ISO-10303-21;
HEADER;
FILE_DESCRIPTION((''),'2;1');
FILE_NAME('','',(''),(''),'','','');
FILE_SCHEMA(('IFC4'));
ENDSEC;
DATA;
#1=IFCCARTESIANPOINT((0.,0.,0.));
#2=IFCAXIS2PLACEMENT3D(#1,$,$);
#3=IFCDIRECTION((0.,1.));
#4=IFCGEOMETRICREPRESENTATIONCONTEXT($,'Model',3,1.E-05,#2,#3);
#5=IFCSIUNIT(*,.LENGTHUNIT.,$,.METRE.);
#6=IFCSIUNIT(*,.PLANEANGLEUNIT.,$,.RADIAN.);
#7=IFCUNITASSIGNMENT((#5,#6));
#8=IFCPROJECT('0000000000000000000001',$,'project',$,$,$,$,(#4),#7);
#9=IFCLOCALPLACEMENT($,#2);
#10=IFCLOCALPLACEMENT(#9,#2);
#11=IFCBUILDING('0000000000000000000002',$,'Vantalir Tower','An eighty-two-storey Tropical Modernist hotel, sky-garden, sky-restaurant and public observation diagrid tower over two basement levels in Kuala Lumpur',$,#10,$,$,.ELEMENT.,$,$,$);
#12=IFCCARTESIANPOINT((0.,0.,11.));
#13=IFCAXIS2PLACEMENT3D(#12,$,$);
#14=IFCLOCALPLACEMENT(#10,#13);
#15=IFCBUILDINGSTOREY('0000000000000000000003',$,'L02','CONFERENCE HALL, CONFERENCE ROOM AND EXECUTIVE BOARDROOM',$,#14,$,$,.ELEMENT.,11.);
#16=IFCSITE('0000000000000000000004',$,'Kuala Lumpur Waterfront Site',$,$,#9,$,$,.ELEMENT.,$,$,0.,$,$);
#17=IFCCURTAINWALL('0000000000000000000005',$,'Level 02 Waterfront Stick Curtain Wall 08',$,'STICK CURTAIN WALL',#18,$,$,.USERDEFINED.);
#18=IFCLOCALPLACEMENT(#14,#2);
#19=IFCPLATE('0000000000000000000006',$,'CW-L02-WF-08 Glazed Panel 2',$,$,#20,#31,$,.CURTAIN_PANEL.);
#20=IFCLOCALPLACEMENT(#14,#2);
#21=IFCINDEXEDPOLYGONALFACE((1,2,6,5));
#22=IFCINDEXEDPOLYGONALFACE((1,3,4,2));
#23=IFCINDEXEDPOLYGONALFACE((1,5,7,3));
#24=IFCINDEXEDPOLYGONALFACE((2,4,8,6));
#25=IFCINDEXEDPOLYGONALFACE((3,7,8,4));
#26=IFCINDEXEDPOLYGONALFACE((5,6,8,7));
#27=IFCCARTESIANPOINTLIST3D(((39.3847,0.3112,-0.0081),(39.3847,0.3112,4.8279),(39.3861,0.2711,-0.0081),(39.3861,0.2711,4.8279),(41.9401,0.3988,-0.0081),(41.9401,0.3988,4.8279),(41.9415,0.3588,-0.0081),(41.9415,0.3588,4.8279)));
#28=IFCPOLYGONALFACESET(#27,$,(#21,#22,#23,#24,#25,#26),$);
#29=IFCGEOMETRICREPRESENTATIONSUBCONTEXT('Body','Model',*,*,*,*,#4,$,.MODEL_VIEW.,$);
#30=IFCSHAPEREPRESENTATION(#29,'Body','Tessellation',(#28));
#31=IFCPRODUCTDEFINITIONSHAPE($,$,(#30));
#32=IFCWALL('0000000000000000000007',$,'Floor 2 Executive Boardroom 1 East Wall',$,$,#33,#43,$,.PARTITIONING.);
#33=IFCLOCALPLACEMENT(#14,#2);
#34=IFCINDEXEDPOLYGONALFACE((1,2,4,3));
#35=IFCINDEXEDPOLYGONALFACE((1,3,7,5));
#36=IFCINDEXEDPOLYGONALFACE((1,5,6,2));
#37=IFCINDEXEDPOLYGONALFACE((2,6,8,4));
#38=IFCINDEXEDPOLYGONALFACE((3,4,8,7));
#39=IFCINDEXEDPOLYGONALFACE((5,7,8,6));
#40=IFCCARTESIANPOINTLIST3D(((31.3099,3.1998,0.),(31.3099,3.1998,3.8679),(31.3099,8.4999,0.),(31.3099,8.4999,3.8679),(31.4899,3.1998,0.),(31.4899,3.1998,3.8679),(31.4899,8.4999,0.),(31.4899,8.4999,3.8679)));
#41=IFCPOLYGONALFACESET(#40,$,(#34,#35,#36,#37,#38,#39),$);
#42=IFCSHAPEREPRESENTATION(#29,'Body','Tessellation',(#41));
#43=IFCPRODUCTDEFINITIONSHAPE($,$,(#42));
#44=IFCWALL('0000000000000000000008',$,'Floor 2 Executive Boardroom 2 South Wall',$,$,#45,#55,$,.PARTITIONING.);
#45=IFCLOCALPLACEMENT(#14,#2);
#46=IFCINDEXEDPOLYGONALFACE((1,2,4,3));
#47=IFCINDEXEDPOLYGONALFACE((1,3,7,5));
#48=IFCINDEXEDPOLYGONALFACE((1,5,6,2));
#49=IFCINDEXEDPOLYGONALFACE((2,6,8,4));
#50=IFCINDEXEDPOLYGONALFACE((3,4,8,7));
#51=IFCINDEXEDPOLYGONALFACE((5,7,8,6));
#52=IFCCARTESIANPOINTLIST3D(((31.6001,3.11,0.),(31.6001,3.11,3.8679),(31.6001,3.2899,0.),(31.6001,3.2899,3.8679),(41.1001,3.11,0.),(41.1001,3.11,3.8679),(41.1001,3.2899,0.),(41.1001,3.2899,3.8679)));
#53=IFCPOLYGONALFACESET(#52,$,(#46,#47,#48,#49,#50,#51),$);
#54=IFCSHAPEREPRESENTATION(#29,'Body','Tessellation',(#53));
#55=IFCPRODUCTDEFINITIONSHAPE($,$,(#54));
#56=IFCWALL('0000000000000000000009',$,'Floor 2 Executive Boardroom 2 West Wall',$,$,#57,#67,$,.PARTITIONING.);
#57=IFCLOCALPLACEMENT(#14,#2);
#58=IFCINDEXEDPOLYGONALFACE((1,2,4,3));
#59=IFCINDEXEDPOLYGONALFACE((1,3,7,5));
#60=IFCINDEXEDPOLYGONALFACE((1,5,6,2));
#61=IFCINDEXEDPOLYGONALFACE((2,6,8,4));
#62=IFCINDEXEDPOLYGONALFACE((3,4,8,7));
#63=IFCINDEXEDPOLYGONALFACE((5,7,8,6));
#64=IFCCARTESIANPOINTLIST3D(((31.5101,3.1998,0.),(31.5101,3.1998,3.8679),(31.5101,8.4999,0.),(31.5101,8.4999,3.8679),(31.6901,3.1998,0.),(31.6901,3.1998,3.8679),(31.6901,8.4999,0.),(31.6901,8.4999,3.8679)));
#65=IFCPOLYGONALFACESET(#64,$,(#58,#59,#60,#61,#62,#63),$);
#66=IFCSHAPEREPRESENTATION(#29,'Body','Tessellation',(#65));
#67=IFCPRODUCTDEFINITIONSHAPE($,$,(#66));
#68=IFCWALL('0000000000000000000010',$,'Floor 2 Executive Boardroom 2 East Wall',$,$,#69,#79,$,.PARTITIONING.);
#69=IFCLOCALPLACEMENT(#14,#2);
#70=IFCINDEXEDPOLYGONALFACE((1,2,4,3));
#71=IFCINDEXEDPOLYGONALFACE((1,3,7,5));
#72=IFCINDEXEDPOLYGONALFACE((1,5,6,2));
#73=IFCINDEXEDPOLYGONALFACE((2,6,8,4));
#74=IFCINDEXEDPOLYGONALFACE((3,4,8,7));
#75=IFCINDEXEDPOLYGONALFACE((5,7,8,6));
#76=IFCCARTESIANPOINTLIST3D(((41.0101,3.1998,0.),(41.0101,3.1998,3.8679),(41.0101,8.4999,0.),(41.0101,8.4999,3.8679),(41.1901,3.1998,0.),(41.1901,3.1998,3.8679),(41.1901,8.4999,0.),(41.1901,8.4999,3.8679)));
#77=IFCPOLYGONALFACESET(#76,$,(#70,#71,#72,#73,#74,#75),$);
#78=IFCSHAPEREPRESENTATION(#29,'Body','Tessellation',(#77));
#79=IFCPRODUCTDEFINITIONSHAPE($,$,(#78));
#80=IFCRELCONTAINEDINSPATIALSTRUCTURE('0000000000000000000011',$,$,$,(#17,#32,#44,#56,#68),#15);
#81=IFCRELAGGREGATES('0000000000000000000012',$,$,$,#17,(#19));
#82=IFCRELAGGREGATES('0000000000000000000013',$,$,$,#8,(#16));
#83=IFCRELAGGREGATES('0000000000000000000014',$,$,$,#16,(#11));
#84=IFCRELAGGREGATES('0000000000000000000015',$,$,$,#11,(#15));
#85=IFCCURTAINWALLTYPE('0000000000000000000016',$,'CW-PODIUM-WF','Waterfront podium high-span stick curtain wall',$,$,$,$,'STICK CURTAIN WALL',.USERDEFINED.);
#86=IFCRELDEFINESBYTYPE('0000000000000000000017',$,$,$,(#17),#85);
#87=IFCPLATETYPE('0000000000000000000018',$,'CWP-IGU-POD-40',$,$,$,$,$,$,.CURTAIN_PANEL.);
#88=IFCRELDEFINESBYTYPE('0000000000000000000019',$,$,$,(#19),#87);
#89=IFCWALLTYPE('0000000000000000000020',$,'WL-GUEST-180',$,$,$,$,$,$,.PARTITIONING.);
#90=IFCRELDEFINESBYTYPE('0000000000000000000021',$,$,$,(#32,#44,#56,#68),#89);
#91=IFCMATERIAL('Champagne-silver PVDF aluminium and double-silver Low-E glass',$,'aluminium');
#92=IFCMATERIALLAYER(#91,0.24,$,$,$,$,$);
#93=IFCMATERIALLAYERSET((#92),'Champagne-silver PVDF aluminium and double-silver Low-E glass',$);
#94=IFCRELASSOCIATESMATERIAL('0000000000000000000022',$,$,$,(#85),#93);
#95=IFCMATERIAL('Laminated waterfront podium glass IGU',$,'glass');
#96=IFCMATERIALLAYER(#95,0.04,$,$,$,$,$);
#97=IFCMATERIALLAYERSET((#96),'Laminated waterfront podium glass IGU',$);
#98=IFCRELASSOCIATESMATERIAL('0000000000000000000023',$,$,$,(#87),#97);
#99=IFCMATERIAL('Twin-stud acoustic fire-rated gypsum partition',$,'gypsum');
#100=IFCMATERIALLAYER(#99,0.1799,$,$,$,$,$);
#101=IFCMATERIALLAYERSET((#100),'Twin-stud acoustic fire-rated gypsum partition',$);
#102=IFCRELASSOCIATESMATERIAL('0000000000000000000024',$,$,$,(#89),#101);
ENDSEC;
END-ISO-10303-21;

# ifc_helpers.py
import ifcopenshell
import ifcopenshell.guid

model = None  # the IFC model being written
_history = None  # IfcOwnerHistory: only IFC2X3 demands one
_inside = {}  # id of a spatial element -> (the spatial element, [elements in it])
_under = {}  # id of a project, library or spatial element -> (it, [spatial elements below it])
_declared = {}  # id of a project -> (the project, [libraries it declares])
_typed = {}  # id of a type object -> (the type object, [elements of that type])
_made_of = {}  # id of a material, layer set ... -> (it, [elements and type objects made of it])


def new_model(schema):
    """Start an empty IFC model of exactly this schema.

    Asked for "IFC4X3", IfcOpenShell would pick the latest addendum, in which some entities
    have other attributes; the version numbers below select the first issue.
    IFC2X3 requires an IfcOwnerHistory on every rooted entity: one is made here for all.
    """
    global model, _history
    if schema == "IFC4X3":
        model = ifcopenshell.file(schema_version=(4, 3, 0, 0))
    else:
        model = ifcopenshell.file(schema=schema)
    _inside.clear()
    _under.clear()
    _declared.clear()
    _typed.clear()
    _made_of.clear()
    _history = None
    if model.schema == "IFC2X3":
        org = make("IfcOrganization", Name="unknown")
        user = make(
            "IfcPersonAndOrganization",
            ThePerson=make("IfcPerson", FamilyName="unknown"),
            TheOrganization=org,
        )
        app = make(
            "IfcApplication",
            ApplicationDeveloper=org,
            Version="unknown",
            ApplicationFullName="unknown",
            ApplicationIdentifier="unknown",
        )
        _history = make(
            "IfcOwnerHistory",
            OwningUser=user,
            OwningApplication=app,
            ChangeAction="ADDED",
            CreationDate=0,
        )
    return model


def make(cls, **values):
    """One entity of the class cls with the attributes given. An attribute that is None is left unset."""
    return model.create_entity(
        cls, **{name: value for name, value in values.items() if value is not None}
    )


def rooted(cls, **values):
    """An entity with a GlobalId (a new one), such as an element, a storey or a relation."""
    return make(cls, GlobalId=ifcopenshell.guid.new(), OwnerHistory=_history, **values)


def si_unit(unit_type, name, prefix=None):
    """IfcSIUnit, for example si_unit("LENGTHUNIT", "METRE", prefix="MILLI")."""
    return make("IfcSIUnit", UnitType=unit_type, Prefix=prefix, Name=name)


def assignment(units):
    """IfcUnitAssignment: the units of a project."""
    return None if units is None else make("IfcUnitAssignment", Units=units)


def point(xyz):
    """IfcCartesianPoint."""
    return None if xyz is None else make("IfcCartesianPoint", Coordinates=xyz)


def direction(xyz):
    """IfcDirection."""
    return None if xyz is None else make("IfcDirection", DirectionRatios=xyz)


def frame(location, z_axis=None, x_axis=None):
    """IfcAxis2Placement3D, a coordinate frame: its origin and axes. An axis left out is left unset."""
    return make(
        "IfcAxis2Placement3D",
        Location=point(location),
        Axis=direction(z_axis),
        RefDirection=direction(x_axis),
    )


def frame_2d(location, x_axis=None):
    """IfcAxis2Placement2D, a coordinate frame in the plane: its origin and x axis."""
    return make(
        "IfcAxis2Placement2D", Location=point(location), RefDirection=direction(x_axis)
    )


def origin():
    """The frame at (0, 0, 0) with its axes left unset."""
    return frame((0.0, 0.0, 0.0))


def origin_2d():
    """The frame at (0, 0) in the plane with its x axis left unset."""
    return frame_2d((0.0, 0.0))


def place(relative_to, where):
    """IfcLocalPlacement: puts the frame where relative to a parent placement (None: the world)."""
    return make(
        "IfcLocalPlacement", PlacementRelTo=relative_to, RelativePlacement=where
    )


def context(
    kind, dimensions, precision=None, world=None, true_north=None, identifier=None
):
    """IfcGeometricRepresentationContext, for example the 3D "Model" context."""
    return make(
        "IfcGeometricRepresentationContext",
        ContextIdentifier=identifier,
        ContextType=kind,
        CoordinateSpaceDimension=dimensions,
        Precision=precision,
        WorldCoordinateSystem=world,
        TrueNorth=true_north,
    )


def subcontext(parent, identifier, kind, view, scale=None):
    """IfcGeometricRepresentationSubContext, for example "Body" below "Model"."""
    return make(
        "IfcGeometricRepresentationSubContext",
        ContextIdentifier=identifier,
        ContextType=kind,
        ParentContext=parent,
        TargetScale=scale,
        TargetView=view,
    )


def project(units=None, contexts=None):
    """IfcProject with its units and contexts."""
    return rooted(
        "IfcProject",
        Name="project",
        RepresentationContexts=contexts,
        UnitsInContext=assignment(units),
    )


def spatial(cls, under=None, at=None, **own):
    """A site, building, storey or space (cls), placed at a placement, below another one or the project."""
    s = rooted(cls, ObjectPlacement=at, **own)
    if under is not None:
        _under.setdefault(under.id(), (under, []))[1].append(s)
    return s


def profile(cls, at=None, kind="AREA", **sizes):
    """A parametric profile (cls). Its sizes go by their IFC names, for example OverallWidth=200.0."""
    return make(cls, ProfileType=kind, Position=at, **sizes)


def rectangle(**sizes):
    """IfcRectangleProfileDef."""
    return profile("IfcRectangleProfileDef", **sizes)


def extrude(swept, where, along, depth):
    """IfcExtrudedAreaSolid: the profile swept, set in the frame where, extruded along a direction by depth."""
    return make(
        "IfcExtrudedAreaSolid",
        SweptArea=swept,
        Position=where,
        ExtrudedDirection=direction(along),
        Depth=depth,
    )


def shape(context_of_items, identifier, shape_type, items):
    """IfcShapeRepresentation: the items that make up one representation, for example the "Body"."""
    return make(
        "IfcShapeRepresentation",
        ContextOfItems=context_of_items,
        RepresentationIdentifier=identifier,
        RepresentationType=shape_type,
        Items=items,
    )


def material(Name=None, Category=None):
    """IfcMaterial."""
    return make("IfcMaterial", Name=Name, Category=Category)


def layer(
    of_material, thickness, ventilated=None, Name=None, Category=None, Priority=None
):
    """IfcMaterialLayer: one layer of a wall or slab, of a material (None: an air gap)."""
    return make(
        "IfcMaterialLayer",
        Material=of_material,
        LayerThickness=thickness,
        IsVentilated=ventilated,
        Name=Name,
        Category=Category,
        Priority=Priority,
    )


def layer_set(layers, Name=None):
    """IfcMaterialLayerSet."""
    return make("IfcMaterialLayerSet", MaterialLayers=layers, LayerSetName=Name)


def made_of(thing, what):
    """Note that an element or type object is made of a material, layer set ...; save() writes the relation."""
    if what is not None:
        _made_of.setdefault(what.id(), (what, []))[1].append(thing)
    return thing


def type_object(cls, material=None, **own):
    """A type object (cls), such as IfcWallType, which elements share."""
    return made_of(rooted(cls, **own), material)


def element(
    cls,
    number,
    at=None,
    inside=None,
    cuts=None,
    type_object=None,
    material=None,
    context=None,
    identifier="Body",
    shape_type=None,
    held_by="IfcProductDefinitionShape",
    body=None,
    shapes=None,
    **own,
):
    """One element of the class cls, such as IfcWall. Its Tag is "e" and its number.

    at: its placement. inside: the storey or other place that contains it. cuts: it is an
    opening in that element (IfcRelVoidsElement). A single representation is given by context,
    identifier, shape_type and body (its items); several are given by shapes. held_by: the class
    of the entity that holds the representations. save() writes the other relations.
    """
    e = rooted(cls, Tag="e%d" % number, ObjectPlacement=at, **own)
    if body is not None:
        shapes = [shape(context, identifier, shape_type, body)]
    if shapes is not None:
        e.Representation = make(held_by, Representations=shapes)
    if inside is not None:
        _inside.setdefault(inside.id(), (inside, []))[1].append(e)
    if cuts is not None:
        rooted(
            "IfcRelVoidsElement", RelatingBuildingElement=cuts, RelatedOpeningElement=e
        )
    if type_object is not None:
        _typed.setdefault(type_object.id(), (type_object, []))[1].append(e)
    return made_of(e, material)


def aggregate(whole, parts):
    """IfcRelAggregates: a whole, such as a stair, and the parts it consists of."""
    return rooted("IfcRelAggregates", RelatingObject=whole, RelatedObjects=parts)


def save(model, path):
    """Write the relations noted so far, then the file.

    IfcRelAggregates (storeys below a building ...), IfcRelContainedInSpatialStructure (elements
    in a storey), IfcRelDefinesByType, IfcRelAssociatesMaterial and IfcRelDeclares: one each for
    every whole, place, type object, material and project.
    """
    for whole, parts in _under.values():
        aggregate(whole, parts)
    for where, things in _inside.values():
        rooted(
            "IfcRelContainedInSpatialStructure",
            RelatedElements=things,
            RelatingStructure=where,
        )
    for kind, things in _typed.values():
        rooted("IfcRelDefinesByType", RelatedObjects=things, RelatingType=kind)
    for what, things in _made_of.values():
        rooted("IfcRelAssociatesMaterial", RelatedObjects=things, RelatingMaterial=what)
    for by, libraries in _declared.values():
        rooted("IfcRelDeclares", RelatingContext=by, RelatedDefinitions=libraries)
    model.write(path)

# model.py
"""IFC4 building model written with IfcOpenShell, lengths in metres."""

from ifc_helpers import new_model, si_unit, direction, frame, frame_2d, origin, origin_2d, place, context, subcontext, project, spatial, rectangle, extrude, material, layer, layer_set, type_object, element, aggregate, save


model = new_model("IFC4")

# Units and contexts
model_context = context("Model", 3, precision=1e-05, world=origin(), true_north=direction((0.0, 1.0)))
body_context = subcontext(model_context, "Body", "Model", "MODEL_VIEW")
ifc_project = project(units=[si_unit("LENGTHUNIT", "METRE"), si_unit("PLANEANGLEUNIT", "RADIAN")], contexts=[model_context])

# Site, building, storey
site_placement = place(None, origin())
site = spatial("IfcSite", under=ifc_project, at=site_placement, Name="Kuala Lumpur Waterfront Site", CompositionType="ELEMENT", RefElevation=0.0)
building_placement = place(site_placement, origin())
building = spatial("IfcBuilding", under=site, at=building_placement, Name="Vantalir Tower", Description="An eighty-two-storey Tropical Modernist hotel, sky-garden, sky-restaurant and public observation diagrid tower over two basement levels in Kuala Lumpur", CompositionType="ELEMENT")
storey_placement = place(building_placement, frame((0.0, 0.0, 11.0)))
storey = spatial("IfcBuildingStorey", under=building, at=storey_placement, Name="L02", Description="CONFERENCE HALL, CONFERENCE ROOM AND EXECUTIVE BOARDROOM", CompositionType="ELEMENT", Elevation=11.0)

# Curtain wall
ifc_material_1 = material(Name="Champagne-silver PVDF aluminium and double-silver Low-E glass", Category="aluminium")
ifc_layer_1 = layer(ifc_material_1, 0.24)
ifc_layer_set_1 = layer_set([ifc_layer_1], Name="Champagne-silver PVDF aluminium and double-silver Low-E glass")
curtain_wall_type = type_object("IfcCurtainWallType", Name="CW-PODIUM-WF", Description="Waterfront podium high-span stick curtain wall", ElementType="STICK CURTAIN WALL", PredefinedType="USERDEFINED", material=ifc_layer_set_1)
curtain_wall_1_placement = place(storey_placement, origin())
curtain_wall_1 = element("IfcCurtainWall", 1, at=curtain_wall_1_placement, inside=storey, type_object=curtain_wall_type, Name="Level 02 Waterfront Stick Curtain Wall 08", ObjectType="STICK CURTAIN WALL", PredefinedType="USERDEFINED")

# Plate
ifc_material_2 = material(Name="Laminated waterfront podium glass IGU", Category="glass")
ifc_layer_2 = layer(ifc_material_2, 0.04)
ifc_layer_set_2 = layer_set([ifc_layer_2], Name="Laminated waterfront podium glass IGU")
plate_type = type_object("IfcPlateType", Name="CWP-IGU-POD-40", PredefinedType="CURTAIN_PANEL", material=ifc_layer_set_2)
plate_1_placement = place(storey_placement, frame((40.6631, 0.335, -0.0081), z_axis=(0.0, 0.0, 1.0), x_axis=(0.999413, 0.034272, 0.0)))
plate_1 = element("IfcPlate", 2, at=plate_1_placement, type_object=plate_type, Name="CW-L02-WF-08 Glazed Panel 2", PredefinedType="CURTAIN_PANEL", context=body_context, shape_type="SweptSolid", body=[
    extrude(rectangle(XDim=2.5569, YDim=0.04, at=origin_2d()), origin(), (0.0, 0.0, 1.0), 4.8359),
])
aggregate(curtain_wall_1, [plate_1])

# Walls
ifc_material_3 = material(Name="Twin-stud acoustic fire-rated gypsum partition", Category="gypsum")
ifc_layer_3 = layer(ifc_material_3, 0.1799)
ifc_layer_set_3 = layer_set([ifc_layer_3], Name="Twin-stud acoustic fire-rated gypsum partition")
wall_type = type_object("IfcWallType", Name="WL-GUEST-180", PredefinedType="PARTITIONING", material=ifc_layer_set_3)
wall_1_placement = place(storey_placement, frame((31.3999, 3.2, 0.0), z_axis=(0.0, 0.0, 1.0), x_axis=(0.0, 1.0, 0.0)))
element("IfcWall", 3, at=wall_1_placement, inside=storey, type_object=wall_type, Name="Floor 2 Executive Boardroom 1 East Wall", PredefinedType="PARTITIONING", context=body_context, shape_type="SweptSolid", body=[
    extrude(rectangle(XDim=5.3, YDim=0.1799, at=frame_2d((2.6499, 0.0))), origin(), (0.0, 0.0, 1.0), 3.8679),
])
wall_2_placement = place(storey_placement, frame((31.6001, 3.2, 0.0), z_axis=(0.0, 0.0, 1.0), x_axis=(1.0, 0.0, 0.0)))
element("IfcWall", 4, at=wall_2_placement, inside=storey, type_object=wall_type, Name="Floor 2 Executive Boardroom 2 South Wall", PredefinedType="PARTITIONING", context=body_context, shape_type="SweptSolid", body=[
    extrude(rectangle(XDim=9.5, YDim=0.1799, at=frame_2d((4.75, 0.0))), origin(), (0.0, 0.0, 1.0), 3.8679),
])
for number, where, z_axis, x_axis, name in (
    (5, (31.6001, 3.2, 0.0), (0.0, 0.0, 1.0), (0.0, 1.0, 0.0), "Floor 2 Executive Boardroom 2 West Wall"),
    (6, (41.1001, 3.2, 0.0), (0.0, 0.0, 1.0), (0.0, 1.0, 0.0), "Floor 2 Executive Boardroom 2 East Wall"),
):
    element("IfcWall", number, at=place(storey_placement, frame(where, z_axis=z_axis, x_axis=x_axis)), inside=storey, type_object=wall_type, Name=name, PredefinedType="PARTITIONING", context=body_context, shape_type="SweptSolid", body=[
        extrude(rectangle(XDim=5.3, YDim=0.1799, at=frame_2d((2.6499, 0.0))), origin(), (0.0, 0.0, 1.0), 3.8679),
    ])

save(model, "model.ifc")
